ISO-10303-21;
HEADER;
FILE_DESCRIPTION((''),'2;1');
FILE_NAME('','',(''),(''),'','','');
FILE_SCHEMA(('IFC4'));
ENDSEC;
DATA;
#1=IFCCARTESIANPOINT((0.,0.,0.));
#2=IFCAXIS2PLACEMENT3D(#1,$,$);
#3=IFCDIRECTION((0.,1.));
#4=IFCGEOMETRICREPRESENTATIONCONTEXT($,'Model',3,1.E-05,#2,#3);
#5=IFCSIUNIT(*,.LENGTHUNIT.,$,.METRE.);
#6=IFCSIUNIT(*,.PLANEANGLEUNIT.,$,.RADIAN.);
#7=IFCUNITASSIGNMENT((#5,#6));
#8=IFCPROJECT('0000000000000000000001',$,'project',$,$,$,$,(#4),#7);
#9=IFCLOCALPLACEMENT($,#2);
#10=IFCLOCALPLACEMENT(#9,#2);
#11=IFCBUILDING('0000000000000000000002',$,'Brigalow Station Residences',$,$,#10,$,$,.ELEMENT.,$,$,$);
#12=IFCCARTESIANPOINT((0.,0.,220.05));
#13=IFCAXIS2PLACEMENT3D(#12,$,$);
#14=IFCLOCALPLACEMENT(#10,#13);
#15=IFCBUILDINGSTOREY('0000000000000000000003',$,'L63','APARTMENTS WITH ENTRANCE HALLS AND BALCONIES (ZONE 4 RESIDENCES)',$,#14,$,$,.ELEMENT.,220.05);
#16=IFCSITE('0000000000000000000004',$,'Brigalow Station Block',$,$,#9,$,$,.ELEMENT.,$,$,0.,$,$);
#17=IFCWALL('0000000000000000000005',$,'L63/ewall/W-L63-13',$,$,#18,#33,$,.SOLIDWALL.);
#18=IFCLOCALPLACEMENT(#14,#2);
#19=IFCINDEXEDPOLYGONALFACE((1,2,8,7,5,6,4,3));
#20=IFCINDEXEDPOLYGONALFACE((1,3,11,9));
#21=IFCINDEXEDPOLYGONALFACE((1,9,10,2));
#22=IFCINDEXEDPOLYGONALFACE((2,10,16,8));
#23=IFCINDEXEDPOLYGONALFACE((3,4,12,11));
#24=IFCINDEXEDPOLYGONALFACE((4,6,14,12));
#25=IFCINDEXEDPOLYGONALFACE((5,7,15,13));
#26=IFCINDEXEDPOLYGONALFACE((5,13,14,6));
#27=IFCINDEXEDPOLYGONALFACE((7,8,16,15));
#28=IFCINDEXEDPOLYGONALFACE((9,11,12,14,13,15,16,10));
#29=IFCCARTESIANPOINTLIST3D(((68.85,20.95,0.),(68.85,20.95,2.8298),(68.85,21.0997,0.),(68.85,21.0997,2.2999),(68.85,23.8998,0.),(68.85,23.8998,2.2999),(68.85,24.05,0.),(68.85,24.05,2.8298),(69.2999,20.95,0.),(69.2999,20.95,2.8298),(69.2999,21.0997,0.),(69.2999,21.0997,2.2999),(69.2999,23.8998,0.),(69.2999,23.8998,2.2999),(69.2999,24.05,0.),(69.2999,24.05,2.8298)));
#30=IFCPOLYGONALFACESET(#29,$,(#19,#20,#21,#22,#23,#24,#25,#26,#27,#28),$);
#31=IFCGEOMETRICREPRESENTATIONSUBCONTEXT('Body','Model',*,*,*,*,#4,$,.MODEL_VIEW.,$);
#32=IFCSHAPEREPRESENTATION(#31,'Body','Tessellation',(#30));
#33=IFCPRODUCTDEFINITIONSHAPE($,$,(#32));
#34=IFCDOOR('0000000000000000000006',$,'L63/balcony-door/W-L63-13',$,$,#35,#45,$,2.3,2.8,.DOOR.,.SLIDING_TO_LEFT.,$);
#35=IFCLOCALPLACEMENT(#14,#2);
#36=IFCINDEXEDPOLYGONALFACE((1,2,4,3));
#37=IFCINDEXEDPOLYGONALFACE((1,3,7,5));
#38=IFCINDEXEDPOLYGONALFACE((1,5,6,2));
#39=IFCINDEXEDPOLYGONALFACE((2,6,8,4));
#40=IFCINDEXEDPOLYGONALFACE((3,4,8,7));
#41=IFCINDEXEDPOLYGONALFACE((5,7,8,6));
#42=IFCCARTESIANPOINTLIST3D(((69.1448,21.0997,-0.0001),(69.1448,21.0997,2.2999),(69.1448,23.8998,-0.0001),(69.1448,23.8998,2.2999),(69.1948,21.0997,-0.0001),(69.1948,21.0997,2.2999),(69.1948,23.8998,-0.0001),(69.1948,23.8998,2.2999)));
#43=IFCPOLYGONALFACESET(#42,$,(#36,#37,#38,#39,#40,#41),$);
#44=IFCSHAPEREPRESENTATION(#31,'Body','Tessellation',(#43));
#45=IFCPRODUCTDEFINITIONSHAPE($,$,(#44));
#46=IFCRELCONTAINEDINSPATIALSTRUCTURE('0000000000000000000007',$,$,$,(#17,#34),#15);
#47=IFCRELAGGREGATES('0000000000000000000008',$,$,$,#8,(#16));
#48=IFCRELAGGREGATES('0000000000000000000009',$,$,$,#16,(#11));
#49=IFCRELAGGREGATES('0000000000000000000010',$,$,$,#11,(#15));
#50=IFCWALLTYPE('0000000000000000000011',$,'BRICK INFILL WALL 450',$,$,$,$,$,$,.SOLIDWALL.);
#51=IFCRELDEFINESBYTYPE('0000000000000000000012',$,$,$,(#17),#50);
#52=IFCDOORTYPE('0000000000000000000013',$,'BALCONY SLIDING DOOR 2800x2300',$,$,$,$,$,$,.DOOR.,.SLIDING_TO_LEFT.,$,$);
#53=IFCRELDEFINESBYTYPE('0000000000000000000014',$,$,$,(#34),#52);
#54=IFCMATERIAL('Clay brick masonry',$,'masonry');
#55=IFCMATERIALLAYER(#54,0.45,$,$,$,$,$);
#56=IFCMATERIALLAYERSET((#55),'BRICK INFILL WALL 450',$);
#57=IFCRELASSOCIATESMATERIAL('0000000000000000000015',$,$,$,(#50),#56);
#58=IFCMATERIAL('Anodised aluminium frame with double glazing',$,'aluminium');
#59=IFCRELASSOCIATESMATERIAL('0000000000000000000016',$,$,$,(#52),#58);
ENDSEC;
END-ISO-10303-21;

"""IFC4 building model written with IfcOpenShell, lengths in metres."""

from ifc_helpers import new_model, si_unit, direction, frame, frame_2d, origin, place, context, subcontext, project, spatial, rectangle, extrude, material, layer, layer_set, type_object, element, fill, save


model = new_model("IFC4")

# Units and contexts
model_context = context("Model", 3, precision=1e-05, world=origin(), true_north=direction((0.0, 1.0)))
body_context = subcontext(model_context, "Body", "Model", "MODEL_VIEW")
ifc_project = project(units=[si_unit("LENGTHUNIT", "METRE"), si_unit("PLANEANGLEUNIT", "RADIAN")], contexts=[model_context])

# Site, building, storey
site_placement = place(None, origin())
site = spatial("IfcSite", under=ifc_project, at=site_placement, Name="Brigalow Station Block", CompositionType="ELEMENT", RefElevation=0.0)
building_placement = place(site_placement, origin())
building = spatial("IfcBuilding", under=site, at=building_placement, Name="Brigalow Station Residences", CompositionType="ELEMENT")
storey_placement = place(building_placement, frame((0.0, 0.0, 220.05)))
storey = spatial("IfcBuildingStorey", under=building, at=storey_placement, Name="L63", Description="APARTMENTS WITH ENTRANCE HALLS AND BALCONIES (ZONE 4 RESIDENCES)", CompositionType="ELEMENT", Elevation=220.05)

# Shared definitions
ifc_material_1 = material(Name="Clay brick masonry", Category="masonry")
ifc_layer = layer(ifc_material_1, 0.45)
ifc_layer_set = layer_set([ifc_layer], Name="BRICK INFILL WALL 450")
wall_type = type_object("IfcWallType", Name="BRICK INFILL WALL 450", PredefinedType="SOLIDWALL", material=ifc_layer_set)

# Wall, opening, door
ifc_material_2 = material(Name="Anodised aluminium frame with double glazing", Category="aluminium")
door_type = type_object("IfcDoorType", Name="BALCONY SLIDING DOOR 2800x2300", OperationType="SLIDING_TO_LEFT", PredefinedType="DOOR", material=ifc_material_2)
wall_1_placement = place(storey_placement, frame((69.075, 20.95, 0.0), z_axis=(0.0, 0.0, 1.0), x_axis=(0.0, 1.0, 0.0)))
wall_1 = element("IfcWall", 1, at=wall_1_placement, inside=storey, type_object=wall_type, Name="L63/ewall/W-L63-13", PredefinedType="SOLIDWALL", context=body_context, shape_type="SweptSolid", body=[
    extrude(rectangle(XDim=3.1001, YDim=0.45, at=frame_2d((1.55, 0.0))), origin(), (0.0, 0.0, 1.0), 2.8298),
])
opening_1_placement = place(wall_1_placement, frame((0.1499, 0.0, 0.0)))
opening_1 = element("IfcOpeningElement", 2, at=opening_1_placement, cuts=wall_1, PredefinedType="OPENING", context=body_context, shape_type="SweptSolid", body=[
    extrude(rectangle(XDim=2.8, YDim=2.3, at=frame_2d((1.3999, 1.1499))), frame((0.0, 0.2349, 0.0), z_axis=(0.0, -1.0, 0.0), x_axis=(1.0, 0.0, 0.0)), (0.0, 0.0, 1.0), 0.47),
])
door_1_placement = place(opening_1_placement, origin())
door_1 = element("IfcDoor", 3, at=door_1_placement, inside=storey, type_object=door_type, Name="L63/balcony-door/W-L63-13", OperationType="SLIDING_TO_LEFT", OverallHeight=2.3, OverallWidth=2.8, PredefinedType="DOOR", context=body_context, shape_type="SweptSolid", body=[
    extrude(rectangle(XDim=2.8, YDim=2.3, at=frame_2d((1.3999, 1.1499))), frame((0.0, -0.0698, 0.0), z_axis=(0.0, -1.0, 0.0), x_axis=(1.0, 0.0, 0.0)), (0.0, 0.0, 1.0), 0.05),
])
fill(opening_1, door_1)

save(model, "model.ifc")
